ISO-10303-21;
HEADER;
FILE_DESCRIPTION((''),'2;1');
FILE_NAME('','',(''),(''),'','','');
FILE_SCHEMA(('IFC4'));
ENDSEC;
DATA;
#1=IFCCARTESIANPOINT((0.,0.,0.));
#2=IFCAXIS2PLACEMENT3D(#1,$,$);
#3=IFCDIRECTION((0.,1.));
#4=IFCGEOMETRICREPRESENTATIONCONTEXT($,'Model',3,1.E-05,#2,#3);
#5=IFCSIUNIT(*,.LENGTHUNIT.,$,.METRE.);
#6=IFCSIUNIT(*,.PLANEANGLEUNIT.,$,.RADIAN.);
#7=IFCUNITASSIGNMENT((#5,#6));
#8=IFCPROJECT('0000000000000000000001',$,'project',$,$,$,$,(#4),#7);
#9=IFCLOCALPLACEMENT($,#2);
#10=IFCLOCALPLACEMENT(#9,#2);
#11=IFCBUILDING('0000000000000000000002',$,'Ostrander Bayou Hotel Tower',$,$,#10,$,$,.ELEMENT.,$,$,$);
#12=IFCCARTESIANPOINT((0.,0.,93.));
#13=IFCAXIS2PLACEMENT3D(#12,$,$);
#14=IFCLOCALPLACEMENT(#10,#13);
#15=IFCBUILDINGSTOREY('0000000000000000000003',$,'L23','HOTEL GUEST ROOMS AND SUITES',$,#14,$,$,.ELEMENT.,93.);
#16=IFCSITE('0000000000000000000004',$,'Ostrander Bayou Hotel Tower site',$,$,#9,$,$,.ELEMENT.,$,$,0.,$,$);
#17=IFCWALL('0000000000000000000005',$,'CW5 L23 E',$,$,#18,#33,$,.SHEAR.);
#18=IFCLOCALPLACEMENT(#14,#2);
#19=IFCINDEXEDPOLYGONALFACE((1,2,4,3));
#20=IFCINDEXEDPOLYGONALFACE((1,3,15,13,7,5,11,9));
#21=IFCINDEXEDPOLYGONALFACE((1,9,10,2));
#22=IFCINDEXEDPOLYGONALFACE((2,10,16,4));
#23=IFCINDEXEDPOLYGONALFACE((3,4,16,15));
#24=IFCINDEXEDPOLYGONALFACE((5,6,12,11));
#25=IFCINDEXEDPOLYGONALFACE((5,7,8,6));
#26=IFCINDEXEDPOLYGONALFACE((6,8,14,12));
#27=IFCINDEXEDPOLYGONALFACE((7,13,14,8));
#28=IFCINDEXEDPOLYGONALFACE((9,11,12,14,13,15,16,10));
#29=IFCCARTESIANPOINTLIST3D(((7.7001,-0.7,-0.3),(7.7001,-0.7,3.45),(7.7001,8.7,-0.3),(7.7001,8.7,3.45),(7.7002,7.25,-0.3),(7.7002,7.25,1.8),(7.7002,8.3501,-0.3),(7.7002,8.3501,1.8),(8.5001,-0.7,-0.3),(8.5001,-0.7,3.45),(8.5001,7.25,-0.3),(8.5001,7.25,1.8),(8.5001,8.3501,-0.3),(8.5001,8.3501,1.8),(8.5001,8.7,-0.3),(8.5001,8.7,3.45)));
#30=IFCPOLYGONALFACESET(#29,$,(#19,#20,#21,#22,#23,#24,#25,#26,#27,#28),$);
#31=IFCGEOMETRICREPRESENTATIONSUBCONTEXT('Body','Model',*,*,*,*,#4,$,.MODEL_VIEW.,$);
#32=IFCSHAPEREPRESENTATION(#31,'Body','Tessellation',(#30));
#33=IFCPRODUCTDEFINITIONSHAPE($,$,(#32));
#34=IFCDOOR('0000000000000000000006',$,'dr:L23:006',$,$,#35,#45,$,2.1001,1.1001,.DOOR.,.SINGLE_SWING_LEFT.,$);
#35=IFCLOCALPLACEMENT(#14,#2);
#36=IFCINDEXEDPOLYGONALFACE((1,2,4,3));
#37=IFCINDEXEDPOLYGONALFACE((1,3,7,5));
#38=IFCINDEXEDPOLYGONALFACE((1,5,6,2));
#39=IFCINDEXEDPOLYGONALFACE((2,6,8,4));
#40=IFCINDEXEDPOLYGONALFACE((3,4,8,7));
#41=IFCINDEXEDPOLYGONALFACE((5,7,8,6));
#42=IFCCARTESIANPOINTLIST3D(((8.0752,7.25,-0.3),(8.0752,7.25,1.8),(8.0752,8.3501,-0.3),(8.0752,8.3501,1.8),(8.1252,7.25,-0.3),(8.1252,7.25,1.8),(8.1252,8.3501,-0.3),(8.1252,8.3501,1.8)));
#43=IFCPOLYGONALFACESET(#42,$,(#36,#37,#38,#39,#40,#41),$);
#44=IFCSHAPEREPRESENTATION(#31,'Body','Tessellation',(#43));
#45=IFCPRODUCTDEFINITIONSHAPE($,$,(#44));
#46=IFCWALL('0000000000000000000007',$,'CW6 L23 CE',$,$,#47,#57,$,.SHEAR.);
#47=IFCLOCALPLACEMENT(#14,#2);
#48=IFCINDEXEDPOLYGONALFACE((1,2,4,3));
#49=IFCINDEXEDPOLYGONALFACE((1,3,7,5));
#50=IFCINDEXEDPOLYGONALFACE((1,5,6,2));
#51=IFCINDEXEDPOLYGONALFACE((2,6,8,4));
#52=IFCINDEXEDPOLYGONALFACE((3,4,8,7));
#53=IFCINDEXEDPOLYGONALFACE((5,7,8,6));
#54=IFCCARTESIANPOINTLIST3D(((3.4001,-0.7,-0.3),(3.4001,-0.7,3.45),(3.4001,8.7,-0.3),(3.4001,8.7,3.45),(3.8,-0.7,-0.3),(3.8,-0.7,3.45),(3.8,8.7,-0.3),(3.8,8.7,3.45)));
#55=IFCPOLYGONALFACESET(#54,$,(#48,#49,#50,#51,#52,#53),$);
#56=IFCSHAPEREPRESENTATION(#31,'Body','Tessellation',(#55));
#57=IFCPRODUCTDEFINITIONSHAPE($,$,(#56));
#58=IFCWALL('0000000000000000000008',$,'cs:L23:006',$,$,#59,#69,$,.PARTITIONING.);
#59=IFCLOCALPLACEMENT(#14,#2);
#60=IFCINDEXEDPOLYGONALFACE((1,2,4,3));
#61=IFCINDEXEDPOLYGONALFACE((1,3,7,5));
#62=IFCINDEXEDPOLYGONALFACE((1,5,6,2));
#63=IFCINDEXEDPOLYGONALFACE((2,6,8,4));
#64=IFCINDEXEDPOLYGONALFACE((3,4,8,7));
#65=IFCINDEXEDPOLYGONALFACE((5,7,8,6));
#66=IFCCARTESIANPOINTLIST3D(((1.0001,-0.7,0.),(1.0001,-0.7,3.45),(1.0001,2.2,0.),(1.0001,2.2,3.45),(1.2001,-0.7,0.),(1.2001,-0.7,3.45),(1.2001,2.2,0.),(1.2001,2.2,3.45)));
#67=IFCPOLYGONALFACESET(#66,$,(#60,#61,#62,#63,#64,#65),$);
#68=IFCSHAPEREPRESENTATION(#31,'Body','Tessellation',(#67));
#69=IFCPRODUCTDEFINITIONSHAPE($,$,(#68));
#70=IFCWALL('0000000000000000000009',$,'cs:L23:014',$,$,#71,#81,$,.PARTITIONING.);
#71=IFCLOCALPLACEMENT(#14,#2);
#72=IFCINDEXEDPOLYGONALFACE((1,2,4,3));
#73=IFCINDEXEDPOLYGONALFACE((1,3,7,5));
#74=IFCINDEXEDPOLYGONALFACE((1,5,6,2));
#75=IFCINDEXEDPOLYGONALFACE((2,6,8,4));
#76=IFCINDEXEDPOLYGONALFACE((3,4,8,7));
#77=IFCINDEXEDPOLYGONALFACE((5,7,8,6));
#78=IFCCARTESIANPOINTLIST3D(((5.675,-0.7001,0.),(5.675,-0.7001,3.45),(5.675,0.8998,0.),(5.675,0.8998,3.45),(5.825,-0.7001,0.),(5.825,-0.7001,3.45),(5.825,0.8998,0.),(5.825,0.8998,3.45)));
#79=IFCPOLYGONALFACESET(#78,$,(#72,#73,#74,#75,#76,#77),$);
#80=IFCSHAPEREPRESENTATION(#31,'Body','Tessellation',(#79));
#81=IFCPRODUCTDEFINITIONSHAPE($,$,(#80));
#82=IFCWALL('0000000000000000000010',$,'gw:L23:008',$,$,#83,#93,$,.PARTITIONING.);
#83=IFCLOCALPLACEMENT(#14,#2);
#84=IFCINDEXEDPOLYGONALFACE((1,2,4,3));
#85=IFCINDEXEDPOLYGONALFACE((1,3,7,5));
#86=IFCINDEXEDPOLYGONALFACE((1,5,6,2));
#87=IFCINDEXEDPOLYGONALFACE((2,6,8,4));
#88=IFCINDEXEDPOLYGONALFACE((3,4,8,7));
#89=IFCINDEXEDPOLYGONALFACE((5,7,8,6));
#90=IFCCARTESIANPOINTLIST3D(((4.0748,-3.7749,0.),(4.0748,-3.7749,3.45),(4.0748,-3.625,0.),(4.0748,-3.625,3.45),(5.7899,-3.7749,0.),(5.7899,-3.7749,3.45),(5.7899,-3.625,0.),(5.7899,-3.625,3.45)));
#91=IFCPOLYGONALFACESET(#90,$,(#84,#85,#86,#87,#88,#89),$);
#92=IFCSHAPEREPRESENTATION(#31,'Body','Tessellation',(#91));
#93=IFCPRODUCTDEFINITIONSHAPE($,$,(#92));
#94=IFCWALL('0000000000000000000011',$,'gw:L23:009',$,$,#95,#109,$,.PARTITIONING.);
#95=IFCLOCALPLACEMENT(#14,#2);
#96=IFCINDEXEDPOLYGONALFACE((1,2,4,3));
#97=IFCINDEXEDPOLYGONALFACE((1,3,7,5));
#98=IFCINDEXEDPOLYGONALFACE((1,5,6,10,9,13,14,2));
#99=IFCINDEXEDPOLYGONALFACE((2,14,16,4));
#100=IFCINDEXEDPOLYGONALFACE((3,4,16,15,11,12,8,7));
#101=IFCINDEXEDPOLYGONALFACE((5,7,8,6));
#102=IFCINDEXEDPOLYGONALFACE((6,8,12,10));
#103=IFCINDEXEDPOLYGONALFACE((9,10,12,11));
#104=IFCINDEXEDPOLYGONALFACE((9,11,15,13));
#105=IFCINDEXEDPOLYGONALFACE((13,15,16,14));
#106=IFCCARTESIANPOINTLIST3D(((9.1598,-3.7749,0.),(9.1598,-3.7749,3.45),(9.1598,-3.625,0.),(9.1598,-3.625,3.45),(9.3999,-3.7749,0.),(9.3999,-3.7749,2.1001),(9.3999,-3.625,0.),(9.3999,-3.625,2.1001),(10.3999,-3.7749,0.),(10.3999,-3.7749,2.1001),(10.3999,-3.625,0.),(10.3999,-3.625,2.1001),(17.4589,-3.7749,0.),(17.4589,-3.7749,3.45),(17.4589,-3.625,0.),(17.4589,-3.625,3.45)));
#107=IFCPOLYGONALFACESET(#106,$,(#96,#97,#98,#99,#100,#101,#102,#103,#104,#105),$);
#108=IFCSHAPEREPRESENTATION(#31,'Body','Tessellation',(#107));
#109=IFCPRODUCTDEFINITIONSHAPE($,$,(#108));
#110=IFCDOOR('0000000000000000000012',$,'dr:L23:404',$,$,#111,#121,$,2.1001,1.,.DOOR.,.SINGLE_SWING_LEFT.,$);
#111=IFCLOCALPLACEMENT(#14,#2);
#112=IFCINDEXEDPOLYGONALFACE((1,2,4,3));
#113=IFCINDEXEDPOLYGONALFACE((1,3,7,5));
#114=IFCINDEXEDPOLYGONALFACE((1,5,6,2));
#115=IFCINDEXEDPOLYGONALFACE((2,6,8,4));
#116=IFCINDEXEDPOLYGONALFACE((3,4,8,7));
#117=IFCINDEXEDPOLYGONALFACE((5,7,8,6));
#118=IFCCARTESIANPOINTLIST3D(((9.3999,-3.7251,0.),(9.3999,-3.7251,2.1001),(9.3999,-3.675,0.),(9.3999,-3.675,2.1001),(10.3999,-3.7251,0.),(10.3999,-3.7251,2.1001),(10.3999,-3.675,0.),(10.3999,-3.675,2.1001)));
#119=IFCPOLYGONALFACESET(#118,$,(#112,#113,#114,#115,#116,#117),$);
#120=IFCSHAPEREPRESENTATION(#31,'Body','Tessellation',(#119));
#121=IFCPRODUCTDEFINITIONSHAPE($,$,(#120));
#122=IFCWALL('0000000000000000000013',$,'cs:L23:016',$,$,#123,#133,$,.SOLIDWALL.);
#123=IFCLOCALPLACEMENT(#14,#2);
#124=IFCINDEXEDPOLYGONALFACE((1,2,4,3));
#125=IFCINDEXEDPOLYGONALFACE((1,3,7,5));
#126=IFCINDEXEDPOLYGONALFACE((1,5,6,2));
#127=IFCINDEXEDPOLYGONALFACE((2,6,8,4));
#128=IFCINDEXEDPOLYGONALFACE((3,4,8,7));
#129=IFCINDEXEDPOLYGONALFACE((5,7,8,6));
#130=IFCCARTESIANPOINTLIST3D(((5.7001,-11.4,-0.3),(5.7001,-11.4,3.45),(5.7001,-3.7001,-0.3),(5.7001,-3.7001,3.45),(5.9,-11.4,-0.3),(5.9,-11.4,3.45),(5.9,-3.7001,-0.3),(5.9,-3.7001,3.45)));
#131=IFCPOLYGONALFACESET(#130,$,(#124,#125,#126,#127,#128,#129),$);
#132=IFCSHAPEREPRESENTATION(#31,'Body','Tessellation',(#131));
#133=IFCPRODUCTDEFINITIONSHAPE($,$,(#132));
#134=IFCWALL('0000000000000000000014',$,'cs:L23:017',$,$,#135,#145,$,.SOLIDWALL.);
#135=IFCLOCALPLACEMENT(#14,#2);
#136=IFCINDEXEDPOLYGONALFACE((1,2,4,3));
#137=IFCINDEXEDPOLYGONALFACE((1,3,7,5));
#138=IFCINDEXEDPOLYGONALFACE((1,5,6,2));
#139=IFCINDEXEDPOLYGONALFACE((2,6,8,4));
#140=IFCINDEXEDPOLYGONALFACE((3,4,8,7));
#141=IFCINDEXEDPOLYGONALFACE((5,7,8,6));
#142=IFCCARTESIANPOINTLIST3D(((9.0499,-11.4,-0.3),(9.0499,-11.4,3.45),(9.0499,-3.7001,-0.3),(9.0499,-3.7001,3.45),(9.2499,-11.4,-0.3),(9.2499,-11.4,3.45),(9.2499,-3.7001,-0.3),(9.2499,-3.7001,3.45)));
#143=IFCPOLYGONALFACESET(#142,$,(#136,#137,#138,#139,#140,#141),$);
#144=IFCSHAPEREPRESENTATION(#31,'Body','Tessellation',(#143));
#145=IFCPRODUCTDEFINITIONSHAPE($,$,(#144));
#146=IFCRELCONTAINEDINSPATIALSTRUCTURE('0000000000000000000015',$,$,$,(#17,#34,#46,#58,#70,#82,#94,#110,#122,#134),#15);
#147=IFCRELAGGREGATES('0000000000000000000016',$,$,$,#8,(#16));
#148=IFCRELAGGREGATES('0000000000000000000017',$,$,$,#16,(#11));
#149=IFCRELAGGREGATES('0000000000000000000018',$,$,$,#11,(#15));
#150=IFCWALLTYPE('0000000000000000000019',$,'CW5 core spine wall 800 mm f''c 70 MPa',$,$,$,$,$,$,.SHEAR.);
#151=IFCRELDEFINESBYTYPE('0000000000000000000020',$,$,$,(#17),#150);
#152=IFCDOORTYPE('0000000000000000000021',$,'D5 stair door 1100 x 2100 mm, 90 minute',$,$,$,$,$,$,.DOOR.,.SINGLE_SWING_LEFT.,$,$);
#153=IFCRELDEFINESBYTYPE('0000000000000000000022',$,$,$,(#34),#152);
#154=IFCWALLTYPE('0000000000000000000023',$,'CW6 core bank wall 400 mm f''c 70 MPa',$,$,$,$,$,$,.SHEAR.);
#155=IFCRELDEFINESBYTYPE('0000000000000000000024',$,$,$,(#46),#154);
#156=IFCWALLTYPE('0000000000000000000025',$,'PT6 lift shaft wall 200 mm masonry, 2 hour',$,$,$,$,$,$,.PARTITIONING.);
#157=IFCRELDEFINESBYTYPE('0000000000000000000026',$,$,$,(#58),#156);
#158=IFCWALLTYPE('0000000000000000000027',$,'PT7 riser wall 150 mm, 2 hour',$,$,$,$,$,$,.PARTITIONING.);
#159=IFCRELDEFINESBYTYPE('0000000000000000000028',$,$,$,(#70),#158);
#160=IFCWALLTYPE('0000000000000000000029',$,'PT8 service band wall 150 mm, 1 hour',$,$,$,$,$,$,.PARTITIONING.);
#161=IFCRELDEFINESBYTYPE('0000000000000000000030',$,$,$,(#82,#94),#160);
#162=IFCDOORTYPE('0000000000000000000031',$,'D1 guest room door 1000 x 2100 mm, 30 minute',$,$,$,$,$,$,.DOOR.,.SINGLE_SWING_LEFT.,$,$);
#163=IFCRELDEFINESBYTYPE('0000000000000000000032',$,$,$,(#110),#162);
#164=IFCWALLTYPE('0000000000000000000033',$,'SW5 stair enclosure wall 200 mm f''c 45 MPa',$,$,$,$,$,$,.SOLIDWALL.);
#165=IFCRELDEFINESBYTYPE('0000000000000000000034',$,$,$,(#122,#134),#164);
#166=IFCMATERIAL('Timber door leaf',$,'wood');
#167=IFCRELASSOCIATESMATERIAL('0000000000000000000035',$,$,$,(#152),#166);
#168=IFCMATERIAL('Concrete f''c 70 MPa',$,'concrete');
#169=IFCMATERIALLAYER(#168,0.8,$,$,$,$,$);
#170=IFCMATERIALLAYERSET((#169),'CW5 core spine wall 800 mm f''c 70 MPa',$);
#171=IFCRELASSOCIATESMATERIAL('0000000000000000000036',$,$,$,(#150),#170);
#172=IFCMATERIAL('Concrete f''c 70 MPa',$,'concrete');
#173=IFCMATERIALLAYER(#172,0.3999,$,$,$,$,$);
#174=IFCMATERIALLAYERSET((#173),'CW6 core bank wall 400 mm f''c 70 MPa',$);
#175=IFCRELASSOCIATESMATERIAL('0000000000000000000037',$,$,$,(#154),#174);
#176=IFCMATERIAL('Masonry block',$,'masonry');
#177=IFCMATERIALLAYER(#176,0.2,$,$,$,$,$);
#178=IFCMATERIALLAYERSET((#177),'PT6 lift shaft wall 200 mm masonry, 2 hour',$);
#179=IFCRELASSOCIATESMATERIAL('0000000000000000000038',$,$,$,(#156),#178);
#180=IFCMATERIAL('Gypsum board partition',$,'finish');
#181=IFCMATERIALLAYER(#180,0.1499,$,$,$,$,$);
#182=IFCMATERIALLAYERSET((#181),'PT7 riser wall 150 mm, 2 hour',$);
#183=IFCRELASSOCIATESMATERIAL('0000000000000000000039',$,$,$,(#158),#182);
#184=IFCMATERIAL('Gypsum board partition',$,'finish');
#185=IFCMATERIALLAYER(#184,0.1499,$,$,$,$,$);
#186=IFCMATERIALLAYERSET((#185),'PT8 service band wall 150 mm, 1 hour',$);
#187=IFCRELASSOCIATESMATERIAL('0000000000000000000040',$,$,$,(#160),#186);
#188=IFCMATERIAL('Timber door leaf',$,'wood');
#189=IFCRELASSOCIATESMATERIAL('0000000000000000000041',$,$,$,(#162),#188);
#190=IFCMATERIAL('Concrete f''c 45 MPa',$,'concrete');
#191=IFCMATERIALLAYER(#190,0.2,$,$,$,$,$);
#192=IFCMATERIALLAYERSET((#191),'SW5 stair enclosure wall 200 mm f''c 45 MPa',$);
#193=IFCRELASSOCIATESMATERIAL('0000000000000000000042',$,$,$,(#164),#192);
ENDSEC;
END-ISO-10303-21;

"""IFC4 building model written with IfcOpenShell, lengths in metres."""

from ifc_helpers import new_model, si_unit, direction, frame, frame_2d, origin, place, context, subcontext, project, spatial, rectangle, extrude, material, layer, layer_set, type_object, element, fill, save


model = new_model("IFC4")

# Units and contexts
model_context = context("Model", 3, precision=1e-05, world=origin(), true_north=direction((0.0, 1.0)))
body_context = subcontext(model_context, "Body", "Model", "MODEL_VIEW")
ifc_project = project(units=[si_unit("LENGTHUNIT", "METRE"), si_unit("PLANEANGLEUNIT", "RADIAN")], contexts=[model_context])

# Site, building, storey
site_placement = place(None, origin())
site = spatial("IfcSite", under=ifc_project, at=site_placement, Name="Ostrander Bayou Hotel Tower site", CompositionType="ELEMENT", RefElevation=0.0)
building_placement = place(site_placement, origin())
building = spatial("IfcBuilding", under=site, at=building_placement, Name="Ostrander Bayou Hotel Tower", CompositionType="ELEMENT")
storey_placement = place(building_placement, frame((0.0, 0.0, 93.0)))
storey = spatial("IfcBuildingStorey", under=building, at=storey_placement, Name="L23", Description="HOTEL GUEST ROOMS AND SUITES", CompositionType="ELEMENT", Elevation=93.0)

# Shared definitions
ifc_material_1 = material(Name="Timber door leaf", Category="wood")
door_type_1 = type_object("IfcDoorType", Name="D5 stair door 1100 x 2100 mm, 90 minute", OperationType="SINGLE_SWING_LEFT", PredefinedType="DOOR", material=ifc_material_1)

# Wall, opening, door
ifc_material_2 = material(Name="Concrete f'c 70 MPa", Category="concrete")
ifc_layer_1 = layer(ifc_material_2, 0.8)
ifc_layer_set_1 = layer_set([ifc_layer_1], Name="CW5 core spine wall 800 mm f'c 70 MPa")
wall_type_1 = type_object("IfcWallType", Name="CW5 core spine wall 800 mm f'c 70 MPa", PredefinedType="SHEAR", material=ifc_layer_set_1)
wall_1_placement = place(storey_placement, frame((8.1001, -0.7, -0.3), z_axis=(0.0, 0.0, 1.0), x_axis=(0.0, 1.0, 0.0)))
wall_1 = element("IfcWall", 1, at=wall_1_placement, inside=storey, type_object=wall_type_1, Name="CW5 L23 E", PredefinedType="SHEAR", context=body_context, shape_type="SweptSolid", body=[
    extrude(rectangle(XDim=9.3999, YDim=0.8, at=frame_2d((4.7, 0.0))), origin(), (0.0, 0.0, 1.0), 3.75),
])
opening_1_placement = place(wall_1_placement, frame((7.95, 0.0, 0.0)))
opening_1 = element("IfcOpeningElement", 2, at=opening_1_placement, cuts=wall_1, PredefinedType="OPENING", context=body_context, shape_type="SweptSolid", body=[
    extrude(rectangle(XDim=1.1001, YDim=2.1001, at=frame_2d((0.55, 1.05))), frame((0.0, 0.3999, 0.0), z_axis=(0.0, -1.0, 0.0), x_axis=(1.0, 0.0, 0.0)), (0.0, 0.0, 1.0), 0.8),
])
door_1_placement = place(opening_1_placement, origin())
door_1 = element("IfcDoor", 3, at=door_1_placement, inside=storey, type_object=door_type_1, Name="dr:L23:006", OperationType="SINGLE_SWING_LEFT", OverallHeight=2.1001, OverallWidth=1.1001, PredefinedType="DOOR", context=body_context, shape_type="SweptSolid", body=[
    extrude(rectangle(XDim=1.1001, YDim=2.1001, at=frame_2d((0.55, 1.05))), frame((0.0, 0.0249, 0.0), z_axis=(0.0, -1.0, 0.0), x_axis=(1.0, 0.0, 0.0)), (0.0, 0.0, 1.0), 0.05),
])
fill(opening_1, door_1)

# Walls
ifc_material_3 = material(Name="Concrete f'c 70 MPa", Category="concrete")
ifc_layer_2 = layer(ifc_material_3, 0.3999)
ifc_layer_set_2 = layer_set([ifc_layer_2], Name="CW6 core bank wall 400 mm f'c 70 MPa")
wall_type_2 = type_object("IfcWallType", Name="CW6 core bank wall 400 mm f'c 70 MPa", PredefinedType="SHEAR", material=ifc_layer_set_2)
wall_2_placement = place(storey_placement, frame((3.6001, -0.7, -0.3), z_axis=(0.0, 0.0, 1.0), x_axis=(0.0, 1.0, 0.0)))
element("IfcWall", 4, at=wall_2_placement, inside=storey, type_object=wall_type_2, Name="CW6 L23 CE", PredefinedType="SHEAR", context=body_context, shape_type="SweptSolid", body=[
    extrude(rectangle(XDim=9.3999, YDim=0.3999, at=frame_2d((4.7, 0.0))), origin(), (0.0, 0.0, 1.0), 3.75),
])
ifc_material_4 = material(Name="Masonry block", Category="masonry")
ifc_layer_3 = layer(ifc_material_4, 0.2)
ifc_layer_set_3 = layer_set([ifc_layer_3], Name="PT6 lift shaft wall 200 mm masonry, 2 hour")
wall_type_3 = type_object("IfcWallType", Name="PT6 lift shaft wall 200 mm masonry, 2 hour", PredefinedType="PARTITIONING", material=ifc_layer_set_3)
wall_3_placement = place(storey_placement, frame((1.1001, -0.7, 0.0), z_axis=(0.0, 0.0, 1.0), x_axis=(0.0, 1.0, 0.0)))
element("IfcWall", 5, at=wall_3_placement, inside=storey, type_object=wall_type_3, Name="cs:L23:006", PredefinedType="PARTITIONING", context=body_context, shape_type="SweptSolid", body=[
    extrude(rectangle(XDim=2.8999, YDim=0.2, at=frame_2d((1.45, 0.0))), origin(), (0.0, 0.0, 1.0), 3.45),
])
ifc_material_5 = material(Name="Gypsum board partition", Category="finish")
ifc_layer_4 = layer(ifc_material_5, 0.1499)
ifc_layer_set_4 = layer_set([ifc_layer_4], Name="PT7 riser wall 150 mm, 2 hour")
wall_type_4 = type_object("IfcWallType", Name="PT7 riser wall 150 mm, 2 hour", PredefinedType="PARTITIONING", material=ifc_layer_set_4)
wall_4_placement = place(storey_placement, frame((5.75, -0.7, 0.0), z_axis=(0.0, 0.0, 1.0), x_axis=(0.0, 1.0, 0.0)))
element("IfcWall", 6, at=wall_4_placement, inside=storey, type_object=wall_type_4, Name="cs:L23:014", PredefinedType="PARTITIONING", context=body_context, shape_type="SweptSolid", body=[
    extrude(rectangle(XDim=1.5999, YDim=0.1499, at=frame_2d((0.7998, 0.0))), origin(), (0.0, 0.0, 1.0), 3.45),
])
ifc_material_6 = material(Name="Gypsum board partition", Category="finish")
ifc_layer_5 = layer(ifc_material_6, 0.1499)
ifc_layer_set_5 = layer_set([ifc_layer_5], Name="PT8 service band wall 150 mm, 1 hour")
wall_type_5 = type_object("IfcWallType", Name="PT8 service band wall 150 mm, 1 hour", PredefinedType="PARTITIONING", material=ifc_layer_set_5)
wall_5_placement = place(storey_placement, frame((4.075, -3.7, 0.0), z_axis=(0.0, 0.0, 1.0), x_axis=(1.0, 0.0, 0.0)))
element("IfcWall", 7, at=wall_5_placement, inside=storey, type_object=wall_type_5, Name="gw:L23:008", PredefinedType="PARTITIONING", context=body_context, shape_type="SweptSolid", body=[
    extrude(rectangle(XDim=1.7151, YDim=0.1499, at=frame_2d((0.8574, 0.0))), origin(), (0.0, 0.0, 1.0), 3.45),
])

# Wall, opening, door
wall_6_placement = place(storey_placement, frame((9.1599, -3.7, 0.0), z_axis=(0.0, 0.0, 1.0), x_axis=(1.0, 0.0, 0.0)))
wall_6 = element("IfcWall", 8, at=wall_6_placement, inside=storey, type_object=wall_type_5, Name="gw:L23:009", PredefinedType="PARTITIONING", context=body_context, shape_type="SweptSolid", body=[
    extrude(rectangle(XDim=8.2991, YDim=0.1499, at=frame_2d((4.1494, 0.0))), origin(), (0.0, 0.0, 1.0), 3.45),
])
opening_2_placement = place(wall_6_placement, frame((0.24, 0.0, 0.0)))
opening_2 = element("IfcOpeningElement", 9, at=opening_2_placement, cuts=wall_6, PredefinedType="OPENING", context=body_context, shape_type="SweptSolid", body=[
    extrude(rectangle(XDim=1.0, YDim=2.1001, at=frame_2d((0.5, 1.05))), frame((0.0, 0.075, 0.0), z_axis=(0.0, -1.0, 0.0), x_axis=(1.0, 0.0, 0.0)), (0.0, 0.0, 1.0), 0.1499),
])
ifc_material_7 = material(Name="Timber door leaf", Category="wood")
door_type_2 = type_object("IfcDoorType", Name="D1 guest room door 1000 x 2100 mm, 30 minute", OperationType="SINGLE_SWING_LEFT", PredefinedType="DOOR", material=ifc_material_7)
door_2_placement = place(opening_2_placement, origin())
door_2 = element("IfcDoor", 10, at=door_2_placement, inside=storey, type_object=door_type_2, Name="dr:L23:404", OperationType="SINGLE_SWING_LEFT", OverallHeight=2.1001, OverallWidth=1.0, PredefinedType="DOOR", context=body_context, shape_type="SweptSolid", body=[
    extrude(rectangle(XDim=1.0, YDim=2.1001, at=frame_2d((0.5, 1.05))), frame((0.0, 0.0249, 0.0), z_axis=(0.0, -1.0, 0.0), x_axis=(1.0, 0.0, 0.0)), (0.0, 0.0, 1.0), 0.05),
])
fill(opening_2, door_2)
ifc_material_8 = material(Name="Concrete f'c 45 MPa", Category="concrete")
ifc_layer_6 = layer(ifc_material_8, 0.2)
ifc_layer_set_6 = layer_set([ifc_layer_6], Name="SW5 stair enclosure wall 200 mm f'c 45 MPa")
wall_type_6 = type_object("IfcWallType", Name="SW5 stair enclosure wall 200 mm f'c 45 MPa", PredefinedType="SOLIDWALL", material=ifc_layer_set_6)

# Walls
for number, where, z_axis, x_axis, name in (
    (11, (5.8, -3.7, -0.3), (0.0, 0.0, 1.0), (0.0, -1.0, 0.0), "cs:L23:016"),
    (12, (9.1499, -3.7, -0.3), (0.0, 0.0, 1.0), (0.0, -1.0, 0.0), "cs:L23:017"),
):
    element("IfcWall", number, at=place(storey_placement, frame(where, z_axis=z_axis, x_axis=x_axis)), inside=storey, type_object=wall_type_6, Name=name, PredefinedType="SOLIDWALL", context=body_context, shape_type="SweptSolid", body=[
        extrude(rectangle(XDim=7.7, YDim=0.2, at=frame_2d((3.8501, 0.0))), origin(), (0.0, 0.0, 1.0), 3.75),
    ])

save(model, "model.ifc")
